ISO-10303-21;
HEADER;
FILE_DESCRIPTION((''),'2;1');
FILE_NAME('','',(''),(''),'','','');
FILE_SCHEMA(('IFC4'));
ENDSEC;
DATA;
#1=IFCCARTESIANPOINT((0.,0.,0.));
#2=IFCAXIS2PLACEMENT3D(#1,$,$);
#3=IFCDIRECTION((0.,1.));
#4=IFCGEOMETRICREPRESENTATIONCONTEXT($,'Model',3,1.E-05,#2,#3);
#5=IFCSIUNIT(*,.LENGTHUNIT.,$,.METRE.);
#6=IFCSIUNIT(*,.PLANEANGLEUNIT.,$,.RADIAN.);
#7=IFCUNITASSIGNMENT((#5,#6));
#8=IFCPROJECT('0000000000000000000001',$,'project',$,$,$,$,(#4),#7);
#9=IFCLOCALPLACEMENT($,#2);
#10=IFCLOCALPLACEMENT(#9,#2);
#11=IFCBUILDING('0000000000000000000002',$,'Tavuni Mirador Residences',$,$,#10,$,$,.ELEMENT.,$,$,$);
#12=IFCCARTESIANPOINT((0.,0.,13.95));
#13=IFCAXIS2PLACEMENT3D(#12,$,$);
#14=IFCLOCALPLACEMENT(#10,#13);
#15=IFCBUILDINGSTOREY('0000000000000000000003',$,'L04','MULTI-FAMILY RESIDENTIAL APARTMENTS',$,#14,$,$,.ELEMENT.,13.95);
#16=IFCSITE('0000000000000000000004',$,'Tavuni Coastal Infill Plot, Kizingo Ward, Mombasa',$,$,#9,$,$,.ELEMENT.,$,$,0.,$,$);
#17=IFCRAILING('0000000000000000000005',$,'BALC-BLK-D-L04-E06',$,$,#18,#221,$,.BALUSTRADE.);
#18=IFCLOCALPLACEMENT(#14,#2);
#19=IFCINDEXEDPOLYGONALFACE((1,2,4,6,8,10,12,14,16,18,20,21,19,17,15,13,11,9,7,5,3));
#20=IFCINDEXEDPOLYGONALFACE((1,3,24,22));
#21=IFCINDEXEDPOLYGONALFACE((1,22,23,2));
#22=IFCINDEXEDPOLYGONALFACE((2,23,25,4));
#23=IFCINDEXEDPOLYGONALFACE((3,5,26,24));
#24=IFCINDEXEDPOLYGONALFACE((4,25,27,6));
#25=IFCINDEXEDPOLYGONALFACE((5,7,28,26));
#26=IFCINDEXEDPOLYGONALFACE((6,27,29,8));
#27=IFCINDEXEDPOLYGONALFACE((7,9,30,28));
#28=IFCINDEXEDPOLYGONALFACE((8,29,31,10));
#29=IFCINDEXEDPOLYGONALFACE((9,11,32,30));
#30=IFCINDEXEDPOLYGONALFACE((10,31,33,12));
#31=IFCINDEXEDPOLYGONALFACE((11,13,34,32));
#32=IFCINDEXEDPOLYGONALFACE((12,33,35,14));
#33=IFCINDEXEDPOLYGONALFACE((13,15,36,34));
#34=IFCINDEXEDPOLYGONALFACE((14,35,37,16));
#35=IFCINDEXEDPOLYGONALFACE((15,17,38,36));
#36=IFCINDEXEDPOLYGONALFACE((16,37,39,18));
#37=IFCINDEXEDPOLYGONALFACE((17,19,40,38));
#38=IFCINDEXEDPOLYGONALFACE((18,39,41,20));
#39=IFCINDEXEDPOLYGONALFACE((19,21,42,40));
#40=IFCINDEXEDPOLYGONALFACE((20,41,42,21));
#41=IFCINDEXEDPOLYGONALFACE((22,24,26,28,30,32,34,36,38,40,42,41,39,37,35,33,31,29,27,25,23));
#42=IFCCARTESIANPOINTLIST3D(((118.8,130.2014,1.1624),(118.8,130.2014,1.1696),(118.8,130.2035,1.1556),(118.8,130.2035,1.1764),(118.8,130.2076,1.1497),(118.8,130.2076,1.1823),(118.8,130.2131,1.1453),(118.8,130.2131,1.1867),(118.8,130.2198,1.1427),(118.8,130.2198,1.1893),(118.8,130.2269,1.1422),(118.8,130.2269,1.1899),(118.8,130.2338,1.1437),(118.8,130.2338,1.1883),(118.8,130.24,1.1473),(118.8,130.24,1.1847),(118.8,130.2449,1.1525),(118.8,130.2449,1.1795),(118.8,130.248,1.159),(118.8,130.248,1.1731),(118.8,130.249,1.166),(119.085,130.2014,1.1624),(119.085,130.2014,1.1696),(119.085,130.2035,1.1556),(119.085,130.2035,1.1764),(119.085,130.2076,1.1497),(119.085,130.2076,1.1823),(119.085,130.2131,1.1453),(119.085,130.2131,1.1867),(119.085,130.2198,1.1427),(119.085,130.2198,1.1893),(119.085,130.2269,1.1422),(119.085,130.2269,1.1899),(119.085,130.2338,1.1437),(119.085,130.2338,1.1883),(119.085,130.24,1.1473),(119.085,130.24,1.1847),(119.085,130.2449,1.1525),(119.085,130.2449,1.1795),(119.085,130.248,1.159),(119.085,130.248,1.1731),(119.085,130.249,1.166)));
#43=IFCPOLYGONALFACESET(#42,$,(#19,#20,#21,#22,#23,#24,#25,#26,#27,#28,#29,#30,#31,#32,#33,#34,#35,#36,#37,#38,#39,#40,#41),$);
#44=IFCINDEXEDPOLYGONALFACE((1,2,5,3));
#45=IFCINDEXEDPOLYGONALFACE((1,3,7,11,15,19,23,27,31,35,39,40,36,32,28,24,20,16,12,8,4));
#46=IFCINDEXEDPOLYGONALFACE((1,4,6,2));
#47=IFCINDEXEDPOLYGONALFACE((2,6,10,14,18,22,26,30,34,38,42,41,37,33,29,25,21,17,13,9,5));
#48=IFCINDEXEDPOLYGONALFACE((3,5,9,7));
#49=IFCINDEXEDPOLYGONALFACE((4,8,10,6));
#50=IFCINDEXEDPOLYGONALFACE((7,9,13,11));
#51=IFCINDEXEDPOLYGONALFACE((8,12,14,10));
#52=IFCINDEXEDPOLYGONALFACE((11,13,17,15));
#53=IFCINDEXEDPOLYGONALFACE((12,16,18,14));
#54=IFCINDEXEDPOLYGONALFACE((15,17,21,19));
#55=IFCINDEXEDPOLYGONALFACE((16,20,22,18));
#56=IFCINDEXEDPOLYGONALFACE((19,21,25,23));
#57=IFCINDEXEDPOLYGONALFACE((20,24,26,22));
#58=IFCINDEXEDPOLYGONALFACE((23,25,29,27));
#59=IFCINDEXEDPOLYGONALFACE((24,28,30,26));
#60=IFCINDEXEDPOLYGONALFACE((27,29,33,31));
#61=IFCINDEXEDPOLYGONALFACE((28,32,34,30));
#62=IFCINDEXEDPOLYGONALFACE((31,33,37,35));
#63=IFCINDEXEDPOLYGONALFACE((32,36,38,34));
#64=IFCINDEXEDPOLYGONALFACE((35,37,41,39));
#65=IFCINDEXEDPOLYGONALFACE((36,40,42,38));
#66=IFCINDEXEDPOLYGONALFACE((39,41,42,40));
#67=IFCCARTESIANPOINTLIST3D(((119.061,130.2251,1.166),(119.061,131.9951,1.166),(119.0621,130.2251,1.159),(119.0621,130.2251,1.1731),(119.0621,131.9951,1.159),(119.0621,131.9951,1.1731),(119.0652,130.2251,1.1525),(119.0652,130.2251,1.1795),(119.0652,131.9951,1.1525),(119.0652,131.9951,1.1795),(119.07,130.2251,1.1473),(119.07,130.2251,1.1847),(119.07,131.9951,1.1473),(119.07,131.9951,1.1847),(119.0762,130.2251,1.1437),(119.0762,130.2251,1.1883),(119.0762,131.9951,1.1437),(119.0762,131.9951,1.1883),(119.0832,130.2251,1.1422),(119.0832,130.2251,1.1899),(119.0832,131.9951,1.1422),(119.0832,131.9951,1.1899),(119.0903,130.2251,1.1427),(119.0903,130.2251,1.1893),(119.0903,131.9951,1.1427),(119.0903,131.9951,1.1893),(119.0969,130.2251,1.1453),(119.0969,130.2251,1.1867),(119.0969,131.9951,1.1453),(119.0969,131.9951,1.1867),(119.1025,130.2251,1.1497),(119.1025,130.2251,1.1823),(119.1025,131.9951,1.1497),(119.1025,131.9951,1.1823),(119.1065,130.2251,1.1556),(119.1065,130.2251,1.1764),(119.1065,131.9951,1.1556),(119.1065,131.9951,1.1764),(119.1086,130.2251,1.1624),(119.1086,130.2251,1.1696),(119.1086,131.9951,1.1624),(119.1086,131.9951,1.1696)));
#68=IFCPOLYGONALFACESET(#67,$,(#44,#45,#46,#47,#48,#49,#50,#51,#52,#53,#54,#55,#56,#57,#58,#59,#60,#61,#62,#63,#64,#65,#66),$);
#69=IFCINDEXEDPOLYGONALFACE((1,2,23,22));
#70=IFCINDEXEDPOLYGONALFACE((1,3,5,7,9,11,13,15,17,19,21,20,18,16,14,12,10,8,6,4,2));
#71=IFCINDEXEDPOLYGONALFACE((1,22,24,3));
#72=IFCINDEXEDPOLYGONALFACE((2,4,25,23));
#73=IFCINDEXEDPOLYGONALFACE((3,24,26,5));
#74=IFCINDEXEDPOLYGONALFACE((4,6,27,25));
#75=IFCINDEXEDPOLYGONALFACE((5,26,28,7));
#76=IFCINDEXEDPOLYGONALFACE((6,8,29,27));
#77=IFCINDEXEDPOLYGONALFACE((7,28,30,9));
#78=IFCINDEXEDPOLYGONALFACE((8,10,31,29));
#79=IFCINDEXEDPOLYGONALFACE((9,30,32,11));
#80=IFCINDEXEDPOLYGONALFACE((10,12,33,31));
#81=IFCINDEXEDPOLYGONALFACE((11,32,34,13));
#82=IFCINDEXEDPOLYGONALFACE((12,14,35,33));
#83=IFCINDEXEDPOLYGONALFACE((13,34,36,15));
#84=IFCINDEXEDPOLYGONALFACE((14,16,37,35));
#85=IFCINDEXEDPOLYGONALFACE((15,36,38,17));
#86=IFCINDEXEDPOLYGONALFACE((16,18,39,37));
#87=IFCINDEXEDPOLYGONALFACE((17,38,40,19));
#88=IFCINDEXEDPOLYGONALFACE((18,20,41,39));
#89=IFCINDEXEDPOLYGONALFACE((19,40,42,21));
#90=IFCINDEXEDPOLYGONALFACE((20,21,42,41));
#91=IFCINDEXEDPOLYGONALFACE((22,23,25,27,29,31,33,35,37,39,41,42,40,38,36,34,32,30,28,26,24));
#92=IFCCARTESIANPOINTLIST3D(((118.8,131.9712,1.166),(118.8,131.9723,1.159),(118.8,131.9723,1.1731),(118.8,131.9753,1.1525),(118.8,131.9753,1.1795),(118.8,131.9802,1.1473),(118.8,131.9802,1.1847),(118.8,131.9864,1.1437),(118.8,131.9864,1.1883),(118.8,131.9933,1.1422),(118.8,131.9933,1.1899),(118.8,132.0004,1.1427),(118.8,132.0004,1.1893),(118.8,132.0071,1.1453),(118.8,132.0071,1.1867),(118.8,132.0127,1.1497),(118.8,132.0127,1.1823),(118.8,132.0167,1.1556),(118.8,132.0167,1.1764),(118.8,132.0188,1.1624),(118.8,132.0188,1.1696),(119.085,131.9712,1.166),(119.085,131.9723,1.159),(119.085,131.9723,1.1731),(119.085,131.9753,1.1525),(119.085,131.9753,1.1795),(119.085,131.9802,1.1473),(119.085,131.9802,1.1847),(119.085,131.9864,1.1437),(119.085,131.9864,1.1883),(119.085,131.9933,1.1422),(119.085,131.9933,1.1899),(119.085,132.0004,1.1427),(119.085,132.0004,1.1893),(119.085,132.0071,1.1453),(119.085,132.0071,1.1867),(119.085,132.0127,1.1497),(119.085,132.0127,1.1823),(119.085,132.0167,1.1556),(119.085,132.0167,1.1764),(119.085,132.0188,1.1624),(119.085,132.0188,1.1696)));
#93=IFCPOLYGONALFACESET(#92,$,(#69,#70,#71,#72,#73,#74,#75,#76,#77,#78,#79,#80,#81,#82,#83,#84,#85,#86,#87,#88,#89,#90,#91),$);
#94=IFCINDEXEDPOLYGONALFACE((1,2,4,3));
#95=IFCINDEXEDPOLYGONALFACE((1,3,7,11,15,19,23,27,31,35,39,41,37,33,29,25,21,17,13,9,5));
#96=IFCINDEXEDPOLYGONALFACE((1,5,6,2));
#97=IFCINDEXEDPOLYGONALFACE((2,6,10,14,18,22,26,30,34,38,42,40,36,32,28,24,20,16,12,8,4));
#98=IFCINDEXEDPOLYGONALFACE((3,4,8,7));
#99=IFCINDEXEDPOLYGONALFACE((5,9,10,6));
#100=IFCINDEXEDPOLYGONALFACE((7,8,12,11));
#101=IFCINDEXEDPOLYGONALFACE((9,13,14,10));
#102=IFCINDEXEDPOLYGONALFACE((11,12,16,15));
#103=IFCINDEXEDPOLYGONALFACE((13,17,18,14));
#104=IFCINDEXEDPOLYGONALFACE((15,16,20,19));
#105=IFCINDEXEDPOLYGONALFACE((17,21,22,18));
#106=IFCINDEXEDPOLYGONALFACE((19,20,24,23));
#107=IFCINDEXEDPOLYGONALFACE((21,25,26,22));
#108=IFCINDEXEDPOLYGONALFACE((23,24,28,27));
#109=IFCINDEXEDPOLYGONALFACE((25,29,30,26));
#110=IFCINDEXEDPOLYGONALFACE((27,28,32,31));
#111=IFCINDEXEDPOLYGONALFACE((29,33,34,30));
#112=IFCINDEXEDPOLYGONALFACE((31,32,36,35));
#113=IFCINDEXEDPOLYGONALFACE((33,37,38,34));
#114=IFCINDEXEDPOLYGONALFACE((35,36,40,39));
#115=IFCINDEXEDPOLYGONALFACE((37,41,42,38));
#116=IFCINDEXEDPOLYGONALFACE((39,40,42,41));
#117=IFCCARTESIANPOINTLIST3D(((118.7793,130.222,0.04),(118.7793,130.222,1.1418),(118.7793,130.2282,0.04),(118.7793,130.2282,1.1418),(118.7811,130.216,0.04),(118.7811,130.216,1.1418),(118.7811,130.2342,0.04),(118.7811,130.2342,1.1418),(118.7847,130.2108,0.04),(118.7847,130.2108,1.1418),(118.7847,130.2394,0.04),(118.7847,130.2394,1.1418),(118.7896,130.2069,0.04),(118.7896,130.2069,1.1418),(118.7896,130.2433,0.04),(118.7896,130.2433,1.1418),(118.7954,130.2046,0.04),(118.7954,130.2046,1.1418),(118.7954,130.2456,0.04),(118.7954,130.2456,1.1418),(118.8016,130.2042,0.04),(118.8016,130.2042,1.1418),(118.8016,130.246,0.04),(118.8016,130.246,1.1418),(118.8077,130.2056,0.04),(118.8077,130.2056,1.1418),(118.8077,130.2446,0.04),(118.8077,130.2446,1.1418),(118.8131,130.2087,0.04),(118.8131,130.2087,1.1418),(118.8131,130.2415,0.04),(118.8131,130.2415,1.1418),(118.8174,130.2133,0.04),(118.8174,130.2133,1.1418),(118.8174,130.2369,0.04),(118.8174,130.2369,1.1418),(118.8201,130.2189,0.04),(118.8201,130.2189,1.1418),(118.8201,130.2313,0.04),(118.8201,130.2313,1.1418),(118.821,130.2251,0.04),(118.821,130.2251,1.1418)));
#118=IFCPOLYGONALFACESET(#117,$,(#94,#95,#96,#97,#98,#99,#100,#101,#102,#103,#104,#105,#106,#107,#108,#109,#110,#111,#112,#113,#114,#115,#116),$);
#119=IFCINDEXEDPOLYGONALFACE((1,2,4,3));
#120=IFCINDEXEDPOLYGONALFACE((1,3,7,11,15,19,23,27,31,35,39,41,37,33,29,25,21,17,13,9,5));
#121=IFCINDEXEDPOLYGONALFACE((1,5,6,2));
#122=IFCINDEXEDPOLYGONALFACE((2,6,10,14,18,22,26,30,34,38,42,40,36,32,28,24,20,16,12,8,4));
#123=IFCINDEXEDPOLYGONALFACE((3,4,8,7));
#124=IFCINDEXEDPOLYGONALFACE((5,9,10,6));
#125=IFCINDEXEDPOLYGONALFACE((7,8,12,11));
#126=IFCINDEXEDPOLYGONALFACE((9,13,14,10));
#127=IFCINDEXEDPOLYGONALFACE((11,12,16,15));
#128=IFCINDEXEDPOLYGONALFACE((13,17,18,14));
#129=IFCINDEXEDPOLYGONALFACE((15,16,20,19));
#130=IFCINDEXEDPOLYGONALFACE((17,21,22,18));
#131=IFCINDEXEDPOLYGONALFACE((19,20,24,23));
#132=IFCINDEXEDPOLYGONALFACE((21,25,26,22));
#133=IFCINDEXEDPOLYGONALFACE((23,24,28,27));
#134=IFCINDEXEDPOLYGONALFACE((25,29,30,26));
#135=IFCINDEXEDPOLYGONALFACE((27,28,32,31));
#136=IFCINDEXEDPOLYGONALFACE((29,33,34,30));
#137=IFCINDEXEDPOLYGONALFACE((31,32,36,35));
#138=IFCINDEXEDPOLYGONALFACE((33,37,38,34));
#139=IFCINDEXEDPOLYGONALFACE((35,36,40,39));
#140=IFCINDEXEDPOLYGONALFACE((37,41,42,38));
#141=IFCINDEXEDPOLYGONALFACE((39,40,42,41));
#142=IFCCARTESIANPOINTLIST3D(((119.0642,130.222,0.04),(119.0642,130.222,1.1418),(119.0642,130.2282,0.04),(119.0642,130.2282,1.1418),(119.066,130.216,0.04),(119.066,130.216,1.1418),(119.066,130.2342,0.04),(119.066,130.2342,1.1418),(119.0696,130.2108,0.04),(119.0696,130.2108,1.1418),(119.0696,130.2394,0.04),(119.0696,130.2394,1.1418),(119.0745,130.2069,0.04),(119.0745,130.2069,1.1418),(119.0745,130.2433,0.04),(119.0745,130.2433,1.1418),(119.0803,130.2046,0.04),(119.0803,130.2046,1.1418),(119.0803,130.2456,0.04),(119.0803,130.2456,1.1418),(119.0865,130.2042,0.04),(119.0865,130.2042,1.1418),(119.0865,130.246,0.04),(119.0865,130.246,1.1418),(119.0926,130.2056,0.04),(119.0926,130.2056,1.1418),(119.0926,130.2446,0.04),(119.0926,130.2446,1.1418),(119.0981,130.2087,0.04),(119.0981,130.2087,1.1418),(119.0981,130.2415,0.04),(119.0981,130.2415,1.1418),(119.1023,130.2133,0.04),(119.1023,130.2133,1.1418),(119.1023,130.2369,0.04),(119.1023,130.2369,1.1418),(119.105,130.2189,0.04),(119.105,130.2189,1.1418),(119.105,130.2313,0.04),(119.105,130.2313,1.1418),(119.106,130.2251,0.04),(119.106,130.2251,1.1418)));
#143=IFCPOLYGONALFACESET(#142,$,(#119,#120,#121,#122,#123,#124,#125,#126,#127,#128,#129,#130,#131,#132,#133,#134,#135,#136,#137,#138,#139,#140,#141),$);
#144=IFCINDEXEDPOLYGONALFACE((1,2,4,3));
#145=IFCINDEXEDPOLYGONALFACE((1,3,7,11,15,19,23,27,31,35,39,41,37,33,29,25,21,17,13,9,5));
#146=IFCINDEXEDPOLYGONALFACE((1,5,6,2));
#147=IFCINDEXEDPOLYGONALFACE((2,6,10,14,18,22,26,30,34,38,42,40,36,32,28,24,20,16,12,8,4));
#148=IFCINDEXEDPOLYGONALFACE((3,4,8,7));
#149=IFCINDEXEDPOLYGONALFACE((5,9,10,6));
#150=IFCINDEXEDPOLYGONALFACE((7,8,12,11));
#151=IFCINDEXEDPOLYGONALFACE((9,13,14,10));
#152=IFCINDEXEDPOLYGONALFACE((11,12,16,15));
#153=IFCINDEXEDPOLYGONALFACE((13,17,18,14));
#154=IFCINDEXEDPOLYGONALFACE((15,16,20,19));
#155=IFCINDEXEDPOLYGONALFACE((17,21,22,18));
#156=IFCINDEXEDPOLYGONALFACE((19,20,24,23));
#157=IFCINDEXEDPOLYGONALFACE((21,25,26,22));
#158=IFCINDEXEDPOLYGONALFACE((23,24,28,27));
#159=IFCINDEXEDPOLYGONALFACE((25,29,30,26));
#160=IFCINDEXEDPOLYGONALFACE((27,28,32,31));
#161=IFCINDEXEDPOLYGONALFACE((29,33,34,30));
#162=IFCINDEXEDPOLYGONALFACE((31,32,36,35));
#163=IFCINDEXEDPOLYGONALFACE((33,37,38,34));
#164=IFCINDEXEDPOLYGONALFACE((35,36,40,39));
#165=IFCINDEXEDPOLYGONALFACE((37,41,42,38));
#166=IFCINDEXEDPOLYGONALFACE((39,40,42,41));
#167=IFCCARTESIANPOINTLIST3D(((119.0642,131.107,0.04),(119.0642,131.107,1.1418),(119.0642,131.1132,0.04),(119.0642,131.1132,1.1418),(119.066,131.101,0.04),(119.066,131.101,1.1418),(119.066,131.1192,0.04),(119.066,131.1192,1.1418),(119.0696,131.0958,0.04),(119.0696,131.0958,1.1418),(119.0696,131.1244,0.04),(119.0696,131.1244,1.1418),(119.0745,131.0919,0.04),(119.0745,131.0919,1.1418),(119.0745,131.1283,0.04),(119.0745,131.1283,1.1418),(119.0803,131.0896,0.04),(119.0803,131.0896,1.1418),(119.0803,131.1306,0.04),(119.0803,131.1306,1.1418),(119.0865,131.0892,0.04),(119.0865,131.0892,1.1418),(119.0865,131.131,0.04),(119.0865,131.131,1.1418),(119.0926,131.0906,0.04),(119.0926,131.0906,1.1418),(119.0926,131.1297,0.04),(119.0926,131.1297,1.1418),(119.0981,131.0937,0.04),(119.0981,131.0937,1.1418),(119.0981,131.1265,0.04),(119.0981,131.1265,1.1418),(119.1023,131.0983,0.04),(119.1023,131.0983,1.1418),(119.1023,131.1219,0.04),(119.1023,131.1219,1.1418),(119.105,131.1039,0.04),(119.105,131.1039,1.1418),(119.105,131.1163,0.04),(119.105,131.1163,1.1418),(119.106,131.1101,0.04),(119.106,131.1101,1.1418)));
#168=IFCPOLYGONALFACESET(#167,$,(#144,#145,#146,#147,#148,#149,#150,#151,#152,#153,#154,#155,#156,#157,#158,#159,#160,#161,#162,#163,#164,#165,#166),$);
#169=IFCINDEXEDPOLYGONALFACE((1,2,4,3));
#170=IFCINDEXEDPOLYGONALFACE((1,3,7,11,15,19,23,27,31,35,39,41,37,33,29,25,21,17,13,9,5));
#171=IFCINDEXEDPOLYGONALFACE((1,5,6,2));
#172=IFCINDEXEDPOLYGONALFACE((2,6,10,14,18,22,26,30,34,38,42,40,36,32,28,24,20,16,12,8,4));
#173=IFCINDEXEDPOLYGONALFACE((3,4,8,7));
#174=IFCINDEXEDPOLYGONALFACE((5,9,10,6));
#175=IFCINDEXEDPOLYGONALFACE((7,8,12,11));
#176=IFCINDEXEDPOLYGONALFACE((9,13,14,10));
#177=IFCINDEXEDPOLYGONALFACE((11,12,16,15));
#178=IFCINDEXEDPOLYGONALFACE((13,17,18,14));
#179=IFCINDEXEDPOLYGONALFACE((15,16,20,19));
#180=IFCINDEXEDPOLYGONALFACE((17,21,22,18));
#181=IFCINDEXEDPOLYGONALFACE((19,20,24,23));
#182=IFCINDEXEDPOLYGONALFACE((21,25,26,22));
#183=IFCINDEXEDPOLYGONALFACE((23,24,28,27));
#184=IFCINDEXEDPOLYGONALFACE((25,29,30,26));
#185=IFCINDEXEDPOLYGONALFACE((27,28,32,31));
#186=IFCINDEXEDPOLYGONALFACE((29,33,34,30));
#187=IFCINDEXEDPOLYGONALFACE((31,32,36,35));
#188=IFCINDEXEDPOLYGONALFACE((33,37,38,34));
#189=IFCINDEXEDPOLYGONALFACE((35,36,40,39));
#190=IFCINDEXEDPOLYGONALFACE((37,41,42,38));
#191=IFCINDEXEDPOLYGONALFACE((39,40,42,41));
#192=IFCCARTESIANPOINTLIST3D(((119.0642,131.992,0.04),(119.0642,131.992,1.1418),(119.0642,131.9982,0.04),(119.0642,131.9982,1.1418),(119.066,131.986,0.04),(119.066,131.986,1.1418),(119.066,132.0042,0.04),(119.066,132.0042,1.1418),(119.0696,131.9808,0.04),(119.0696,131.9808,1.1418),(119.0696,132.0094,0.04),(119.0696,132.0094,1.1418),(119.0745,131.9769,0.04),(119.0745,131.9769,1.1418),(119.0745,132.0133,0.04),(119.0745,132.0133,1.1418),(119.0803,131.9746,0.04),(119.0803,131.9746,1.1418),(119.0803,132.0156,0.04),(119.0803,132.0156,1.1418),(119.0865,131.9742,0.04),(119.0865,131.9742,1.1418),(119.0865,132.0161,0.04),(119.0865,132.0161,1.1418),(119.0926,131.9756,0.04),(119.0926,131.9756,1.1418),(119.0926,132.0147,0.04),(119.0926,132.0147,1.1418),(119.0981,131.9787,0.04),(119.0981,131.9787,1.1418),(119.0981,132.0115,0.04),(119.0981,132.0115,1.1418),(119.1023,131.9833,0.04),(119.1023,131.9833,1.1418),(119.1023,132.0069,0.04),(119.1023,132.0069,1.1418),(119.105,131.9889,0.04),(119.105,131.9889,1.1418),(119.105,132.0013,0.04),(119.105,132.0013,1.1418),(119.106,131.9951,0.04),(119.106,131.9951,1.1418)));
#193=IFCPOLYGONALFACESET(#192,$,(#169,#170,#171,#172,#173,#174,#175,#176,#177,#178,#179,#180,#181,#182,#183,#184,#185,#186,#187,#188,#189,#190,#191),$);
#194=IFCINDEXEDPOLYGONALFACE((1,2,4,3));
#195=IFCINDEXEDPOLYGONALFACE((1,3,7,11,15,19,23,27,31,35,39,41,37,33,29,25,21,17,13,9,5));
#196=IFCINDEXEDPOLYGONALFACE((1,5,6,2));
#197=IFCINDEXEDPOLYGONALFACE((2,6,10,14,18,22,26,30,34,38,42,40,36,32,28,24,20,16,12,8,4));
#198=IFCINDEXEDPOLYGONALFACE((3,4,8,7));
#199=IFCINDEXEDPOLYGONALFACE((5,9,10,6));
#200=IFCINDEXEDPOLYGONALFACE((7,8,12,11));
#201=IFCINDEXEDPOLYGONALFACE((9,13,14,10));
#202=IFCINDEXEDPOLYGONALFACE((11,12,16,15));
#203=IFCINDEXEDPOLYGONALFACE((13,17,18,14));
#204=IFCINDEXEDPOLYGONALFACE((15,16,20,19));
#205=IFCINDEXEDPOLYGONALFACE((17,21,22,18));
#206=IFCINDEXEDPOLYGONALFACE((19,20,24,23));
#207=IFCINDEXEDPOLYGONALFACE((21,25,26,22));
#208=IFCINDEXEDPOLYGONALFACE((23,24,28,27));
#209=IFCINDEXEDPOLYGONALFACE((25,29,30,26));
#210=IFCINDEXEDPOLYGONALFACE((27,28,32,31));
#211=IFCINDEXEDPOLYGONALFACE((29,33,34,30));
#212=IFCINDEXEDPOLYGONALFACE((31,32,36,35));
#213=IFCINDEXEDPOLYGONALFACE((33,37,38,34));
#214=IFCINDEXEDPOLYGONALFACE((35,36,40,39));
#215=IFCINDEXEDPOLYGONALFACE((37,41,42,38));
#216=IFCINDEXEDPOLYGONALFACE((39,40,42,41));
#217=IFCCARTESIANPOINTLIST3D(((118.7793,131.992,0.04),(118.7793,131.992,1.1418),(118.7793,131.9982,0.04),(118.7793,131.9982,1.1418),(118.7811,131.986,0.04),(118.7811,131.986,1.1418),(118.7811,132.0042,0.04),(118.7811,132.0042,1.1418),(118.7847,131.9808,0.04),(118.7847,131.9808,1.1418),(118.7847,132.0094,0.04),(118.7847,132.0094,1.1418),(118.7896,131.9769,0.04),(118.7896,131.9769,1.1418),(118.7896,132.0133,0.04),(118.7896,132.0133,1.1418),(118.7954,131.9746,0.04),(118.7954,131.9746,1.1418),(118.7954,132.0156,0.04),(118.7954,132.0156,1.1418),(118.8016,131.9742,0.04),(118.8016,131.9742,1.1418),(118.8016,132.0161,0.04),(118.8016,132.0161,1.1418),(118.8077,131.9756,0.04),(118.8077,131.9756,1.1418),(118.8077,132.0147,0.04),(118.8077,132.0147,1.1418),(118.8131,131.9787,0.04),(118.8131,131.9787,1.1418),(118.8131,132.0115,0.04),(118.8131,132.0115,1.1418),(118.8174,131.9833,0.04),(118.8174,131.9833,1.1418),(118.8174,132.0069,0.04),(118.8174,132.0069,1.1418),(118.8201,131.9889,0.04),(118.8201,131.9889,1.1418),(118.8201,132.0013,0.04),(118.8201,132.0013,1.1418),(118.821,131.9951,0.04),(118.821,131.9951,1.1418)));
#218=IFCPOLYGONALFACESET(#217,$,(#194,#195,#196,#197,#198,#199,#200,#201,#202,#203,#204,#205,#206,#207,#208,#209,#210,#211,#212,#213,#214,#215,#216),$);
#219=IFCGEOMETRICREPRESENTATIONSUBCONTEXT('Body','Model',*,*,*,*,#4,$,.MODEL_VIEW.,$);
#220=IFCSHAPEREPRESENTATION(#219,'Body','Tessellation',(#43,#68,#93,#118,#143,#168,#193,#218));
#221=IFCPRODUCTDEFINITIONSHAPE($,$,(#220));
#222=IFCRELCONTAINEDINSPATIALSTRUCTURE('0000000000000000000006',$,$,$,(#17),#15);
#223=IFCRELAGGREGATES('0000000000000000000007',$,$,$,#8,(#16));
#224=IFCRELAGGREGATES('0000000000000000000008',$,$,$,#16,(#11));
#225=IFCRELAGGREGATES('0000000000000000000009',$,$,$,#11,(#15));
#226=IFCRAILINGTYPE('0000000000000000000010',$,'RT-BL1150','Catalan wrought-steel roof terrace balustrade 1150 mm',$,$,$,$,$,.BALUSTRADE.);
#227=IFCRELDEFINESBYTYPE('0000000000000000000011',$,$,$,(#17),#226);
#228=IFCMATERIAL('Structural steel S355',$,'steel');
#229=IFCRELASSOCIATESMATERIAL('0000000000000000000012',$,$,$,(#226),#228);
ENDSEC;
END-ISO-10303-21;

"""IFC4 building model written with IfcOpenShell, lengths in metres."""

from ifc_helpers import new_model, si_unit, direction, frame, origin, origin_2d, place, context, subcontext, project, spatial, circle, extrude, material, type_object, element, save


model = new_model("IFC4")

# Units and contexts
model_context = context("Model", 3, precision=1e-05, world=origin(), true_north=direction((0.0, 1.0)))
body_context = subcontext(model_context, "Body", "Model", "MODEL_VIEW")
ifc_project = project(units=[si_unit("LENGTHUNIT", "METRE"), si_unit("PLANEANGLEUNIT", "RADIAN")], contexts=[model_context])

# Site, building, storey
site_placement = place(None, origin())
site = spatial("IfcSite", under=ifc_project, at=site_placement, Name="Tavuni Coastal Infill Plot, Kizingo Ward, Mombasa", CompositionType="ELEMENT", RefElevation=0.0)
building_placement = place(site_placement, origin())
building = spatial("IfcBuilding", under=site, at=building_placement, Name="Tavuni Mirador Residences", CompositionType="ELEMENT")
storey_placement = place(building_placement, frame((0.0, 0.0, 13.95)))
storey = spatial("IfcBuildingStorey", under=building, at=storey_placement, Name="L04", Description="MULTI-FAMILY RESIDENTIAL APARTMENTS", CompositionType="ELEMENT", Elevation=13.95)

# Railing
ifc_material_1 = material(Name="Structural steel S355", Category="steel")
railing_type = type_object("IfcRailingType", Name="RT-BL1150", Description="Catalan wrought-steel roof terrace balustrade 1150 mm", PredefinedType="BALUSTRADE", material=ifc_material_1)
railing_placement = place(storey_placement, frame((118.8, 130.2251, 0.04)))
element("IfcRailing", 1, at=railing_placement, inside=storey, type_object=railing_type, Name="BALC-BLK-D-L04-E06", PredefinedType="BALUSTRADE", context=body_context, shape_type="SweptSolid", body=[
    extrude(circle(Radius=0.0239, at=origin_2d()), frame((0.0, 0.0, 1.126), z_axis=(1.0, 0.0, 0.0), x_axis=(0.0, 1.0, 0.0)), (0.0, 0.0, 1.0), 0.2849),
    extrude(circle(Radius=0.0239, at=origin_2d()), frame((0.2849, 0.0, 1.126), z_axis=(0.0, 1.0, 0.0), x_axis=(-1.0, 0.0, 0.0)), (0.0, 0.0, 1.0), 1.77),
    extrude(circle(Radius=0.0239, at=origin_2d()), frame((0.2849, 1.77, 1.126), z_axis=(-1.0, 0.0, 0.0), x_axis=(0.0, -1.0, 0.0)), (0.0, 0.0, 1.0), 0.2849),
    extrude(circle(Radius=0.021, at=origin_2d()), origin(), (0.0, 0.0, 1.0), 1.1018),
    extrude(circle(Radius=0.021, at=origin_2d()), frame((0.2849, 0.0, 0.0)), (0.0, 0.0, 1.0), 1.1018),
    extrude(circle(Radius=0.021, at=origin_2d()), frame((0.2849, 0.885, 0.0)), (0.0, 0.0, 1.0), 1.1018),
    extrude(circle(Radius=0.021, at=origin_2d()), frame((0.2849, 1.77, 0.0)), (0.0, 0.0, 1.0), 1.1018),
    extrude(circle(Radius=0.021, at=origin_2d()), frame((0.0, 1.77, 0.0)), (0.0, 0.0, 1.0), 1.1018),
])

save(model, "model.ifc")
